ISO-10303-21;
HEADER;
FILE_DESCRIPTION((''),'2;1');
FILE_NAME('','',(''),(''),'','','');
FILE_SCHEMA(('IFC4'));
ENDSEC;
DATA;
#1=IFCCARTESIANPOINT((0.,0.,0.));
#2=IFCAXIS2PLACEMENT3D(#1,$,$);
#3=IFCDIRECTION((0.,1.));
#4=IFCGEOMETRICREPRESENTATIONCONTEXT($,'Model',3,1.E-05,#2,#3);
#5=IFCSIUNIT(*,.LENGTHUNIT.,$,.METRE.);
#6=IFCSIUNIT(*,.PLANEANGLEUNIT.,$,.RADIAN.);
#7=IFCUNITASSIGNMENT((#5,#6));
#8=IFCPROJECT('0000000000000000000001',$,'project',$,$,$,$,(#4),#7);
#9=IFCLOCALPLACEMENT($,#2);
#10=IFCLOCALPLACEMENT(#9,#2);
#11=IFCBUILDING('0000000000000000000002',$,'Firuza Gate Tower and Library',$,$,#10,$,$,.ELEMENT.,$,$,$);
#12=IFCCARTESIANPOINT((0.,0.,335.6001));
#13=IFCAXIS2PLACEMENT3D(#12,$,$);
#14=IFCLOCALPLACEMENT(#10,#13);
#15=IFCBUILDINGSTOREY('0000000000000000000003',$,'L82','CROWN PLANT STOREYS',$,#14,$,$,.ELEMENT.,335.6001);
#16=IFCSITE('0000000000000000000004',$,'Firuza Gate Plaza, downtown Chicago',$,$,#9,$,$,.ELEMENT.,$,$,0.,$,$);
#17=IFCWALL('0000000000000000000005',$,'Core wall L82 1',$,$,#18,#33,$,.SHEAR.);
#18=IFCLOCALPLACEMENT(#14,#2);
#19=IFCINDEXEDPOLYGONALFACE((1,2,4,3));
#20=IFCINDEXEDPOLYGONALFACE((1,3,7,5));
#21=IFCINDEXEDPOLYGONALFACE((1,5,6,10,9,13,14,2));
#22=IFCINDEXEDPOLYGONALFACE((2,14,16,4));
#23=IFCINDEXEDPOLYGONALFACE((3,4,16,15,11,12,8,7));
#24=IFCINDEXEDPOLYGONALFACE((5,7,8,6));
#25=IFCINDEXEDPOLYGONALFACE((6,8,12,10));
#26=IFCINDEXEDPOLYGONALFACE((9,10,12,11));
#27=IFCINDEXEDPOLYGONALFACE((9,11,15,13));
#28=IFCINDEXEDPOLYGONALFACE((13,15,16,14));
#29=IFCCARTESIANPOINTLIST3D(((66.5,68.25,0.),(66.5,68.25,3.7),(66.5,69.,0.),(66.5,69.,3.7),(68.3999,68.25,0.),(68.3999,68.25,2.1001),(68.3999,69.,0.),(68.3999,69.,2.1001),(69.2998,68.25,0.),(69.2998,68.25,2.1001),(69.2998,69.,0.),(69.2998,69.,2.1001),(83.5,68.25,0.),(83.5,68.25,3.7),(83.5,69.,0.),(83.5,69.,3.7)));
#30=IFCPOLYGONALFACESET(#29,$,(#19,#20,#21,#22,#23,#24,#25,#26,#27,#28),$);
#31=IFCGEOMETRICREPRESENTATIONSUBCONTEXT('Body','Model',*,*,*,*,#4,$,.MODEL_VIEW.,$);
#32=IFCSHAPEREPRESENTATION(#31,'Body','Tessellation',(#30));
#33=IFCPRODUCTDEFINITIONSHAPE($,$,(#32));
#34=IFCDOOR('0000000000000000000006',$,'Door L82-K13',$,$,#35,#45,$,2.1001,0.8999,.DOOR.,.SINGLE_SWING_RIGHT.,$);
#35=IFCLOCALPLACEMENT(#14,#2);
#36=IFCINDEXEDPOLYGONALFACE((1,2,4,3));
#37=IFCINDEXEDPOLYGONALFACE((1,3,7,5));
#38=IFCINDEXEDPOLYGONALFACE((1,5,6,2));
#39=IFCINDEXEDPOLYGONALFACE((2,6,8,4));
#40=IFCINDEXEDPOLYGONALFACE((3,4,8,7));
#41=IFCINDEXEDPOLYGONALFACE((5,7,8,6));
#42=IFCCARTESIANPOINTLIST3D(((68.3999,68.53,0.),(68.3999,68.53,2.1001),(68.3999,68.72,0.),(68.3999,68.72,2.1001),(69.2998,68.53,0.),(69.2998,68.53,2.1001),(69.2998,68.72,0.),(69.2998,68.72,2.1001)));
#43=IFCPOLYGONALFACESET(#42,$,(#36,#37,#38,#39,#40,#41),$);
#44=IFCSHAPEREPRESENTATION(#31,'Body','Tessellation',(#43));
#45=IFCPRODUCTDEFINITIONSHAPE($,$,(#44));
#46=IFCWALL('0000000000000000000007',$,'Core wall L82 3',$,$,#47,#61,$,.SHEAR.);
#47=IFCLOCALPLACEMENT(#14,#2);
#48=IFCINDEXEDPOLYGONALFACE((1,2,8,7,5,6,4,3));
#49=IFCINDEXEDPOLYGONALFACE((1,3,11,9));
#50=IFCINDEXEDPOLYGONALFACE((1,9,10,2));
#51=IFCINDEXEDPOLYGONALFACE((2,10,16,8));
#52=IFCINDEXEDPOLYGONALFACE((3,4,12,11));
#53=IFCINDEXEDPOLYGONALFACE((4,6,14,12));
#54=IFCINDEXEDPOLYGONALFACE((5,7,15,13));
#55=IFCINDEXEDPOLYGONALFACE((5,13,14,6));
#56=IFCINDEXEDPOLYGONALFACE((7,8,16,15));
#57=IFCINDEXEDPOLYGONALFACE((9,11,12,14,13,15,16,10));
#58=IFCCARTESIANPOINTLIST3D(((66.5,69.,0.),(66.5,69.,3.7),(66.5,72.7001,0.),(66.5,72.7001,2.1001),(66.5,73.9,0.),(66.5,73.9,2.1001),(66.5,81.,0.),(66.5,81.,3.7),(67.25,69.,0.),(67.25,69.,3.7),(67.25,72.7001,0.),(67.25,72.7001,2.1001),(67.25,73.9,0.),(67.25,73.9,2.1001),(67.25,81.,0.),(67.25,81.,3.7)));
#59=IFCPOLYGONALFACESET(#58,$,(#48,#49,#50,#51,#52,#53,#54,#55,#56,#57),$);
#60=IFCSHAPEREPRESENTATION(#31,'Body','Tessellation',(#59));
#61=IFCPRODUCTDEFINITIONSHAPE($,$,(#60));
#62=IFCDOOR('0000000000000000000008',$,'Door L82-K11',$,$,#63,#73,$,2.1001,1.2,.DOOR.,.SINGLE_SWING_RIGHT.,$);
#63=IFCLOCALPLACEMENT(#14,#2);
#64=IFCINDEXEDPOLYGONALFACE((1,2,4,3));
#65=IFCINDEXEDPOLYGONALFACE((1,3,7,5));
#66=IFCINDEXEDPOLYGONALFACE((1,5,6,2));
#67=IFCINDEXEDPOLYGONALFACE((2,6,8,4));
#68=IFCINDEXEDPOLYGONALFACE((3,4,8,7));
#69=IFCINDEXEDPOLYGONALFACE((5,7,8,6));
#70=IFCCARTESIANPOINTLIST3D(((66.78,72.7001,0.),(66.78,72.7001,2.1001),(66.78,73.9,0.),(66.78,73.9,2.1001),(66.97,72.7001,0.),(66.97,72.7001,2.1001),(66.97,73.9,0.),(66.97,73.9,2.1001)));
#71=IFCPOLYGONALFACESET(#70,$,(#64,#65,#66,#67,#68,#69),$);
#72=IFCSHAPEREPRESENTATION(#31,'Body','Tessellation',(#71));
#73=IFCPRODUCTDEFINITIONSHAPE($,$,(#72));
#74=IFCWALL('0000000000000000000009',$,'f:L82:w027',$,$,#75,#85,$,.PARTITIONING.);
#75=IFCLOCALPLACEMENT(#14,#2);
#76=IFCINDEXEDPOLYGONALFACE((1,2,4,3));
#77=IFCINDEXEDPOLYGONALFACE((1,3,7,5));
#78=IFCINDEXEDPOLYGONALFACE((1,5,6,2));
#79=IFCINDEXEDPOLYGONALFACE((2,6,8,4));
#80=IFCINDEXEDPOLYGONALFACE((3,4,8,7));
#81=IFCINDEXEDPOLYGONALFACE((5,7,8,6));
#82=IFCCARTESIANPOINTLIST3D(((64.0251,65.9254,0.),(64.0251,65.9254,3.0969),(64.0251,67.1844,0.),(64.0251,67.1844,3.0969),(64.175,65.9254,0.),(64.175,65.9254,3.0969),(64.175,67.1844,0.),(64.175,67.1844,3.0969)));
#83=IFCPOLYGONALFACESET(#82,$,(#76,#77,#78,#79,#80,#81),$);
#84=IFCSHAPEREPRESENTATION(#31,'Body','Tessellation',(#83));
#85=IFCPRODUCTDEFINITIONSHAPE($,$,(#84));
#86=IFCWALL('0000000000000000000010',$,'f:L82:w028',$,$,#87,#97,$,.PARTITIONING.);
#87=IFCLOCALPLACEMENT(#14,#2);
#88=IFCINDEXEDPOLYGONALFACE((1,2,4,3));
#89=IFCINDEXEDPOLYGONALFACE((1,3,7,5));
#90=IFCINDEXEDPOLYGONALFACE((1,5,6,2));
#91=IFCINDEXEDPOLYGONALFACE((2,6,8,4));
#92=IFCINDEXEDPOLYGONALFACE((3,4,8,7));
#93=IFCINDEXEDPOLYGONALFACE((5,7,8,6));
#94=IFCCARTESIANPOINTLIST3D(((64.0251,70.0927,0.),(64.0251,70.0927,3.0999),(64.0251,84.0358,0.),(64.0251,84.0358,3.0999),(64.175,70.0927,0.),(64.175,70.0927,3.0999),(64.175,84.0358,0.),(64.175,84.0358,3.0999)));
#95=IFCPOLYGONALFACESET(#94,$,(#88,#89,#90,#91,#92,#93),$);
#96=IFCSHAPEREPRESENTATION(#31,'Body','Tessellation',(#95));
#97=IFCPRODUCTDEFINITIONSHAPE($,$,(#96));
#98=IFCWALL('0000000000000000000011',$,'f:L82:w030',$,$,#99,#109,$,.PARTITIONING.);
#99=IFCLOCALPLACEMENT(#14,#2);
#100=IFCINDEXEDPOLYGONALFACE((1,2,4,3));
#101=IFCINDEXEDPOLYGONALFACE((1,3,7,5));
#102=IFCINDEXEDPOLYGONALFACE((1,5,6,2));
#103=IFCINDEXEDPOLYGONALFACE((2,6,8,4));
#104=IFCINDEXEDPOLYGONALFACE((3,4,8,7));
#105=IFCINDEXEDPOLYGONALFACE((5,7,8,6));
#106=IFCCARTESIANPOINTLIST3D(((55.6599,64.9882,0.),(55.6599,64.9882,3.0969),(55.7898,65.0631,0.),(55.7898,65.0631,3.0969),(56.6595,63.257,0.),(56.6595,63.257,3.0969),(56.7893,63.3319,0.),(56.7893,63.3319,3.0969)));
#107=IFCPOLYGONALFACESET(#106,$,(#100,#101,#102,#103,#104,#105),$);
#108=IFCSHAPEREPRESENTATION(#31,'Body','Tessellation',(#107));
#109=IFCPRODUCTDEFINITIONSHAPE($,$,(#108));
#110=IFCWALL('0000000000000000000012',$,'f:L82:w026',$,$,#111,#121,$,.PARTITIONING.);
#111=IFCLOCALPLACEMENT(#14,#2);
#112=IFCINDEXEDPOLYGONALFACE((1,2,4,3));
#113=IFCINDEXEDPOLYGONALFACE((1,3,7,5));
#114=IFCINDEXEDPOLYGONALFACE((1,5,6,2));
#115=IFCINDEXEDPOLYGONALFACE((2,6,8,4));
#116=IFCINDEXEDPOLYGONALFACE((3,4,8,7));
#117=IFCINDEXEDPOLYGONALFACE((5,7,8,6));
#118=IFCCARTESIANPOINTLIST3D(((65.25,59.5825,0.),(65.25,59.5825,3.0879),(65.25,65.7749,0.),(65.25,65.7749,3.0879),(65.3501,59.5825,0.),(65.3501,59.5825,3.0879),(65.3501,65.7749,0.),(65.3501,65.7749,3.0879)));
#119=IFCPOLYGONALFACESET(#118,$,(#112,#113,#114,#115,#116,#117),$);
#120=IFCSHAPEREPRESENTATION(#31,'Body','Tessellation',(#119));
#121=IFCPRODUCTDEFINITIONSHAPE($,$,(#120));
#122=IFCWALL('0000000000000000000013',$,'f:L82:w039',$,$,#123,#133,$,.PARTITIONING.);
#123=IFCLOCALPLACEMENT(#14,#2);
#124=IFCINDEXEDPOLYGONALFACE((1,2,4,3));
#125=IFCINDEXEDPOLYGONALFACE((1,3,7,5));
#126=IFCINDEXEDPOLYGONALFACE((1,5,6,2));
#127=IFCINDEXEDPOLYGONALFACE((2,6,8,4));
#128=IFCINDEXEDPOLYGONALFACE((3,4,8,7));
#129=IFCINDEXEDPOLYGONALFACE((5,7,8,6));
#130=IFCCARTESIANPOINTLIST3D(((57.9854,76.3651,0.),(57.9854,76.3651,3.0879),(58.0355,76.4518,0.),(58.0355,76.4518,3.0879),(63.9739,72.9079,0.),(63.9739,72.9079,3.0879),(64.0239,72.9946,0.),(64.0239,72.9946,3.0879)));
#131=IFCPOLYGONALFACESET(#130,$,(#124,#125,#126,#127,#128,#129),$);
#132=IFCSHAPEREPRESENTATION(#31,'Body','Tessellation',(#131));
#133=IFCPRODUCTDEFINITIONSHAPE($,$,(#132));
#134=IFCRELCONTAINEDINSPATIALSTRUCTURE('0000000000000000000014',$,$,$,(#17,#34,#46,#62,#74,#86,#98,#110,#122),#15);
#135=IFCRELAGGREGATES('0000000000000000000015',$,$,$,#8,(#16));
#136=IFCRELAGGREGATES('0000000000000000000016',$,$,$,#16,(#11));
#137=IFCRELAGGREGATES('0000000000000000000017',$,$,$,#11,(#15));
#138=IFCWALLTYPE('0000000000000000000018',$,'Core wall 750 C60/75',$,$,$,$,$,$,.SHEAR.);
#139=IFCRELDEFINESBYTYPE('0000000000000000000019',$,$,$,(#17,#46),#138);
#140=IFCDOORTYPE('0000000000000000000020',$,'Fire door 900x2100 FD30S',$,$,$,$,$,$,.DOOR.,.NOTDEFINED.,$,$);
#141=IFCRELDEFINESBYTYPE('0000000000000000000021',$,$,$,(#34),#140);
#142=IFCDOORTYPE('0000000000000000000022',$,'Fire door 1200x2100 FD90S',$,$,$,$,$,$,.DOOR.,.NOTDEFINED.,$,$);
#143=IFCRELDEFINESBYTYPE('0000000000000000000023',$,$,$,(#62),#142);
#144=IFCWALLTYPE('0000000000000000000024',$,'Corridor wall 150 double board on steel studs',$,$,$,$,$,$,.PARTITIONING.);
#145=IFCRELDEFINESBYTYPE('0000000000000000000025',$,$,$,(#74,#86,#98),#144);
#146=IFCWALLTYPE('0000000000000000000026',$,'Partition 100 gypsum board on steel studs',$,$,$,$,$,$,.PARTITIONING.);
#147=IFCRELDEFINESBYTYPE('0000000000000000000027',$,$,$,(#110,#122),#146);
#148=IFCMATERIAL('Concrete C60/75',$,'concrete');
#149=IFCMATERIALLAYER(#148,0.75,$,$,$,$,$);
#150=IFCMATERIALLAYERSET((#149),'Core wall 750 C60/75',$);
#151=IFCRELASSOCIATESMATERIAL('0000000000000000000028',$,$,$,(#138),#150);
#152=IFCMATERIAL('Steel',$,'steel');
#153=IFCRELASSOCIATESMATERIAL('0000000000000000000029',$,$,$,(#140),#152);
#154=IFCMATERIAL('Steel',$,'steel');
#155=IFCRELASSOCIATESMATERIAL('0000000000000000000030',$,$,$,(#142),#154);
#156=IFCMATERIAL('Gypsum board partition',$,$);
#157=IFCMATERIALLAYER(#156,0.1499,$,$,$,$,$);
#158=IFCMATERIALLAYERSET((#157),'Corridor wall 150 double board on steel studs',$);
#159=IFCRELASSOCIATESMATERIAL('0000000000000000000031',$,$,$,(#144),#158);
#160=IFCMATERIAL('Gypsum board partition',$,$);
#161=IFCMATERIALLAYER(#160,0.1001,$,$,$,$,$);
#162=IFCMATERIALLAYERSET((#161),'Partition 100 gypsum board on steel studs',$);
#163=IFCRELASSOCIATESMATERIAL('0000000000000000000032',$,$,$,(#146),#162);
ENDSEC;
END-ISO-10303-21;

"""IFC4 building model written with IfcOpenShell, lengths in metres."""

from ifc_helpers import new_model, si_unit, direction, frame, frame_2d, origin, place, context, subcontext, project, spatial, rectangle, extrude, material, layer, layer_set, type_object, element, fill, save


model = new_model("IFC4")

# Units and contexts
model_context = context("Model", 3, precision=1e-05, world=origin(), true_north=direction((0.0, 1.0)))
body_context = subcontext(model_context, "Body", "Model", "MODEL_VIEW")
ifc_project = project(units=[si_unit("LENGTHUNIT", "METRE"), si_unit("PLANEANGLEUNIT", "RADIAN")], contexts=[model_context])

# Site, building, storey
site_placement = place(None, origin())
site = spatial("IfcSite", under=ifc_project, at=site_placement, Name="Firuza Gate Plaza, downtown Chicago", CompositionType="ELEMENT", RefElevation=0.0)
building_placement = place(site_placement, origin())
building = spatial("IfcBuilding", under=site, at=building_placement, Name="Firuza Gate Tower and Library", CompositionType="ELEMENT")
storey_placement = place(building_placement, frame((0.0, 0.0, 335.6001)))
storey = spatial("IfcBuildingStorey", under=building, at=storey_placement, Name="L82", Description="CROWN PLANT STOREYS", CompositionType="ELEMENT", Elevation=335.6001)

# Walls, openings, doors
ifc_material_1 = material(Name="Concrete C60/75", Category="concrete")
ifc_layer_1 = layer(ifc_material_1, 0.75)
ifc_layer_set_1 = layer_set([ifc_layer_1], Name="Core wall 750 C60/75")
wall_type_1 = type_object("IfcWallType", Name="Core wall 750 C60/75", PredefinedType="SHEAR", material=ifc_layer_set_1)
wall_1_placement = place(storey_placement, frame((66.5, 68.625, 0.0), z_axis=(0.0, 0.0, 1.0), x_axis=(1.0, 0.0, 0.0)))
wall_1 = element("IfcWall", 1, at=wall_1_placement, inside=storey, type_object=wall_type_1, Name="Core wall L82 1", PredefinedType="SHEAR", context=body_context, shape_type="SweptSolid", body=[
    extrude(rectangle(XDim=17.0, YDim=0.75, at=frame_2d((8.5, 0.0))), origin(), (0.0, 0.0, 1.0), 3.7),
])
opening_1_placement = place(wall_1_placement, frame((1.8999, 0.0, 0.0)))
opening_1 = element("IfcOpeningElement", 2, at=opening_1_placement, cuts=wall_1, PredefinedType="OPENING", context=body_context, shape_type="SweptSolid", body=[
    extrude(rectangle(XDim=0.8999, YDim=2.1001, at=frame_2d((0.45, 1.05))), frame((0.0, 0.385, 0.0), z_axis=(0.0, -1.0, 0.0), x_axis=(1.0, 0.0, 0.0)), (0.0, 0.0, 1.0), 0.77),
])
ifc_material_2 = material(Name="Steel", Category="steel")
door_type_1 = type_object("IfcDoorType", Name="Fire door 900x2100 FD30S", OperationType="NOTDEFINED", PredefinedType="DOOR", material=ifc_material_2)
door_1_placement = place(opening_1_placement, origin())
door_1 = element("IfcDoor", 3, at=door_1_placement, inside=storey, type_object=door_type_1, Name="Door L82-K13", OperationType="SINGLE_SWING_RIGHT", OverallHeight=2.1001, OverallWidth=0.8999, PredefinedType="DOOR", context=body_context, shape_type="SweptSolid", body=[
    extrude(rectangle(XDim=0.8999, YDim=2.1001, at=frame_2d((0.45, 1.05))), frame((0.0, 0.095, 0.0), z_axis=(0.0, -1.0, 0.0), x_axis=(1.0, 0.0, 0.0)), (0.0, 0.0, 1.0), 0.1899),
])
fill(opening_1, door_1)
wall_2_placement = place(storey_placement, frame((66.875, 69.0, 0.0), z_axis=(0.0, 0.0, 1.0), x_axis=(0.0, 1.0, 0.0)))
wall_2 = element("IfcWall", 4, at=wall_2_placement, inside=storey, type_object=wall_type_1, Name="Core wall L82 3", PredefinedType="SHEAR", context=body_context, shape_type="SweptSolid", body=[
    extrude(rectangle(XDim=12.0, YDim=0.75, at=frame_2d((6.0, 0.0))), origin(), (0.0, 0.0, 1.0), 3.7),
])
opening_2_placement = place(wall_2_placement, frame((3.7, 0.0, 0.0)))
opening_2 = element("IfcOpeningElement", 5, at=opening_2_placement, cuts=wall_2, PredefinedType="OPENING", context=body_context, shape_type="SweptSolid", body=[
    extrude(rectangle(XDim=1.2, YDim=2.1001, at=frame_2d((0.6001, 1.05))), frame((0.0, 0.385, 0.0), z_axis=(0.0, -1.0, 0.0), x_axis=(1.0, 0.0, 0.0)), (0.0, 0.0, 1.0), 0.77),
])
ifc_material_3 = material(Name="Steel", Category="steel")
door_type_2 = type_object("IfcDoorType", Name="Fire door 1200x2100 FD90S", OperationType="NOTDEFINED", PredefinedType="DOOR", material=ifc_material_3)
door_2_placement = place(opening_2_placement, origin())
door_2 = element("IfcDoor", 6, at=door_2_placement, inside=storey, type_object=door_type_2, Name="Door L82-K11", OperationType="SINGLE_SWING_RIGHT", OverallHeight=2.1001, OverallWidth=1.2, PredefinedType="DOOR", context=body_context, shape_type="SweptSolid", body=[
    extrude(rectangle(XDim=1.2, YDim=2.1001, at=frame_2d((0.6001, 1.05))), frame((0.0, 0.095, 0.0), z_axis=(0.0, -1.0, 0.0), x_axis=(1.0, 0.0, 0.0)), (0.0, 0.0, 1.0), 0.1899),
])
fill(opening_2, door_2)

# Walls
ifc_material_4 = material(Name="Gypsum board partition")
ifc_layer_2 = layer(ifc_material_4, 0.1499)
ifc_layer_set_2 = layer_set([ifc_layer_2], Name="Corridor wall 150 double board on steel studs")
wall_type_2 = type_object("IfcWallType", Name="Corridor wall 150 double board on steel studs", PredefinedType="PARTITIONING", material=ifc_layer_set_2)
wall_3_placement = place(storey_placement, frame((64.1001, 65.9255, 0.0), z_axis=(0.0, 0.0, 1.0), x_axis=(0.0, 1.0, 0.0)))
element("IfcWall", 7, at=wall_3_placement, inside=storey, type_object=wall_type_2, Name="f:L82:w027", PredefinedType="PARTITIONING", context=body_context, shape_type="SweptSolid", body=[
    extrude(rectangle(XDim=1.259, YDim=0.1499, at=frame_2d((0.6294, 0.0))), origin(), (0.0, 0.0, 1.0), 3.0969),
])
wall_4_placement = place(storey_placement, frame((64.1001, 70.0925, 0.0), z_axis=(0.0, 0.0, 1.0), x_axis=(0.0, 1.0, 0.0)))
element("IfcWall", 8, at=wall_4_placement, inside=storey, type_object=wall_type_2, Name="f:L82:w028", PredefinedType="PARTITIONING", context=body_context, shape_type="SweptSolid", body=[
    extrude(rectangle(XDim=13.9431, YDim=0.1499, at=frame_2d((6.9717, 0.0))), origin(), (0.0, 0.0, 1.0), 3.0999),
])
wall_5_placement = place(storey_placement, frame((56.7244, 63.2944, 0.0), z_axis=(0.0, 0.0, 1.0), x_axis=(-0.500001, 0.866025, 0.0)))
element("IfcWall", 9, at=wall_5_placement, inside=storey, type_object=wall_type_2, Name="f:L82:w030", PredefinedType="PARTITIONING", context=body_context, shape_type="SweptSolid", body=[
    extrude(rectangle(XDim=1.999, YDim=0.1499, at=frame_2d((0.9995, 0.0))), origin(), (0.0, 0.0, 1.0), 3.0969),
])
ifc_material_5 = material(Name="Gypsum board partition")
ifc_layer_3 = layer(ifc_material_5, 0.1001)
ifc_layer_set_3 = layer_set([ifc_layer_3], Name="Partition 100 gypsum board on steel studs")
wall_type_3 = type_object("IfcWallType", Name="Partition 100 gypsum board on steel studs", PredefinedType="PARTITIONING", material=ifc_layer_set_3)
wall_6_placement = place(storey_placement, frame((65.3, 59.5825, 0.0), z_axis=(0.0, 0.0, 1.0), x_axis=(0.0, 1.0, 0.0)))
element("IfcWall", 10, at=wall_6_placement, inside=storey, type_object=wall_type_3, Name="f:L82:w026", PredefinedType="PARTITIONING", context=body_context, shape_type="SweptSolid", body=[
    extrude(rectangle(XDim=6.1924, YDim=0.1001, at=frame_2d((3.0962, 0.0))), origin(), (0.0, 0.0, 1.0), 3.0879),
])
wall_7_placement = place(storey_placement, frame((63.999, 72.9512, 0.0), z_axis=(0.0, 0.0, 1.0), x_axis=(-0.866038, 0.499978, 0.0)))
element("IfcWall", 11, at=wall_7_placement, inside=storey, type_object=wall_type_3, Name="f:L82:w039", PredefinedType="PARTITIONING", context=body_context, shape_type="SweptSolid", body=[
    extrude(rectangle(XDim=6.9148, YDim=0.1001, at=frame_2d((3.4575, 0.0))), origin(), (0.0, 0.0, 1.0), 3.0879),
])

save(model, "model.ifc")
